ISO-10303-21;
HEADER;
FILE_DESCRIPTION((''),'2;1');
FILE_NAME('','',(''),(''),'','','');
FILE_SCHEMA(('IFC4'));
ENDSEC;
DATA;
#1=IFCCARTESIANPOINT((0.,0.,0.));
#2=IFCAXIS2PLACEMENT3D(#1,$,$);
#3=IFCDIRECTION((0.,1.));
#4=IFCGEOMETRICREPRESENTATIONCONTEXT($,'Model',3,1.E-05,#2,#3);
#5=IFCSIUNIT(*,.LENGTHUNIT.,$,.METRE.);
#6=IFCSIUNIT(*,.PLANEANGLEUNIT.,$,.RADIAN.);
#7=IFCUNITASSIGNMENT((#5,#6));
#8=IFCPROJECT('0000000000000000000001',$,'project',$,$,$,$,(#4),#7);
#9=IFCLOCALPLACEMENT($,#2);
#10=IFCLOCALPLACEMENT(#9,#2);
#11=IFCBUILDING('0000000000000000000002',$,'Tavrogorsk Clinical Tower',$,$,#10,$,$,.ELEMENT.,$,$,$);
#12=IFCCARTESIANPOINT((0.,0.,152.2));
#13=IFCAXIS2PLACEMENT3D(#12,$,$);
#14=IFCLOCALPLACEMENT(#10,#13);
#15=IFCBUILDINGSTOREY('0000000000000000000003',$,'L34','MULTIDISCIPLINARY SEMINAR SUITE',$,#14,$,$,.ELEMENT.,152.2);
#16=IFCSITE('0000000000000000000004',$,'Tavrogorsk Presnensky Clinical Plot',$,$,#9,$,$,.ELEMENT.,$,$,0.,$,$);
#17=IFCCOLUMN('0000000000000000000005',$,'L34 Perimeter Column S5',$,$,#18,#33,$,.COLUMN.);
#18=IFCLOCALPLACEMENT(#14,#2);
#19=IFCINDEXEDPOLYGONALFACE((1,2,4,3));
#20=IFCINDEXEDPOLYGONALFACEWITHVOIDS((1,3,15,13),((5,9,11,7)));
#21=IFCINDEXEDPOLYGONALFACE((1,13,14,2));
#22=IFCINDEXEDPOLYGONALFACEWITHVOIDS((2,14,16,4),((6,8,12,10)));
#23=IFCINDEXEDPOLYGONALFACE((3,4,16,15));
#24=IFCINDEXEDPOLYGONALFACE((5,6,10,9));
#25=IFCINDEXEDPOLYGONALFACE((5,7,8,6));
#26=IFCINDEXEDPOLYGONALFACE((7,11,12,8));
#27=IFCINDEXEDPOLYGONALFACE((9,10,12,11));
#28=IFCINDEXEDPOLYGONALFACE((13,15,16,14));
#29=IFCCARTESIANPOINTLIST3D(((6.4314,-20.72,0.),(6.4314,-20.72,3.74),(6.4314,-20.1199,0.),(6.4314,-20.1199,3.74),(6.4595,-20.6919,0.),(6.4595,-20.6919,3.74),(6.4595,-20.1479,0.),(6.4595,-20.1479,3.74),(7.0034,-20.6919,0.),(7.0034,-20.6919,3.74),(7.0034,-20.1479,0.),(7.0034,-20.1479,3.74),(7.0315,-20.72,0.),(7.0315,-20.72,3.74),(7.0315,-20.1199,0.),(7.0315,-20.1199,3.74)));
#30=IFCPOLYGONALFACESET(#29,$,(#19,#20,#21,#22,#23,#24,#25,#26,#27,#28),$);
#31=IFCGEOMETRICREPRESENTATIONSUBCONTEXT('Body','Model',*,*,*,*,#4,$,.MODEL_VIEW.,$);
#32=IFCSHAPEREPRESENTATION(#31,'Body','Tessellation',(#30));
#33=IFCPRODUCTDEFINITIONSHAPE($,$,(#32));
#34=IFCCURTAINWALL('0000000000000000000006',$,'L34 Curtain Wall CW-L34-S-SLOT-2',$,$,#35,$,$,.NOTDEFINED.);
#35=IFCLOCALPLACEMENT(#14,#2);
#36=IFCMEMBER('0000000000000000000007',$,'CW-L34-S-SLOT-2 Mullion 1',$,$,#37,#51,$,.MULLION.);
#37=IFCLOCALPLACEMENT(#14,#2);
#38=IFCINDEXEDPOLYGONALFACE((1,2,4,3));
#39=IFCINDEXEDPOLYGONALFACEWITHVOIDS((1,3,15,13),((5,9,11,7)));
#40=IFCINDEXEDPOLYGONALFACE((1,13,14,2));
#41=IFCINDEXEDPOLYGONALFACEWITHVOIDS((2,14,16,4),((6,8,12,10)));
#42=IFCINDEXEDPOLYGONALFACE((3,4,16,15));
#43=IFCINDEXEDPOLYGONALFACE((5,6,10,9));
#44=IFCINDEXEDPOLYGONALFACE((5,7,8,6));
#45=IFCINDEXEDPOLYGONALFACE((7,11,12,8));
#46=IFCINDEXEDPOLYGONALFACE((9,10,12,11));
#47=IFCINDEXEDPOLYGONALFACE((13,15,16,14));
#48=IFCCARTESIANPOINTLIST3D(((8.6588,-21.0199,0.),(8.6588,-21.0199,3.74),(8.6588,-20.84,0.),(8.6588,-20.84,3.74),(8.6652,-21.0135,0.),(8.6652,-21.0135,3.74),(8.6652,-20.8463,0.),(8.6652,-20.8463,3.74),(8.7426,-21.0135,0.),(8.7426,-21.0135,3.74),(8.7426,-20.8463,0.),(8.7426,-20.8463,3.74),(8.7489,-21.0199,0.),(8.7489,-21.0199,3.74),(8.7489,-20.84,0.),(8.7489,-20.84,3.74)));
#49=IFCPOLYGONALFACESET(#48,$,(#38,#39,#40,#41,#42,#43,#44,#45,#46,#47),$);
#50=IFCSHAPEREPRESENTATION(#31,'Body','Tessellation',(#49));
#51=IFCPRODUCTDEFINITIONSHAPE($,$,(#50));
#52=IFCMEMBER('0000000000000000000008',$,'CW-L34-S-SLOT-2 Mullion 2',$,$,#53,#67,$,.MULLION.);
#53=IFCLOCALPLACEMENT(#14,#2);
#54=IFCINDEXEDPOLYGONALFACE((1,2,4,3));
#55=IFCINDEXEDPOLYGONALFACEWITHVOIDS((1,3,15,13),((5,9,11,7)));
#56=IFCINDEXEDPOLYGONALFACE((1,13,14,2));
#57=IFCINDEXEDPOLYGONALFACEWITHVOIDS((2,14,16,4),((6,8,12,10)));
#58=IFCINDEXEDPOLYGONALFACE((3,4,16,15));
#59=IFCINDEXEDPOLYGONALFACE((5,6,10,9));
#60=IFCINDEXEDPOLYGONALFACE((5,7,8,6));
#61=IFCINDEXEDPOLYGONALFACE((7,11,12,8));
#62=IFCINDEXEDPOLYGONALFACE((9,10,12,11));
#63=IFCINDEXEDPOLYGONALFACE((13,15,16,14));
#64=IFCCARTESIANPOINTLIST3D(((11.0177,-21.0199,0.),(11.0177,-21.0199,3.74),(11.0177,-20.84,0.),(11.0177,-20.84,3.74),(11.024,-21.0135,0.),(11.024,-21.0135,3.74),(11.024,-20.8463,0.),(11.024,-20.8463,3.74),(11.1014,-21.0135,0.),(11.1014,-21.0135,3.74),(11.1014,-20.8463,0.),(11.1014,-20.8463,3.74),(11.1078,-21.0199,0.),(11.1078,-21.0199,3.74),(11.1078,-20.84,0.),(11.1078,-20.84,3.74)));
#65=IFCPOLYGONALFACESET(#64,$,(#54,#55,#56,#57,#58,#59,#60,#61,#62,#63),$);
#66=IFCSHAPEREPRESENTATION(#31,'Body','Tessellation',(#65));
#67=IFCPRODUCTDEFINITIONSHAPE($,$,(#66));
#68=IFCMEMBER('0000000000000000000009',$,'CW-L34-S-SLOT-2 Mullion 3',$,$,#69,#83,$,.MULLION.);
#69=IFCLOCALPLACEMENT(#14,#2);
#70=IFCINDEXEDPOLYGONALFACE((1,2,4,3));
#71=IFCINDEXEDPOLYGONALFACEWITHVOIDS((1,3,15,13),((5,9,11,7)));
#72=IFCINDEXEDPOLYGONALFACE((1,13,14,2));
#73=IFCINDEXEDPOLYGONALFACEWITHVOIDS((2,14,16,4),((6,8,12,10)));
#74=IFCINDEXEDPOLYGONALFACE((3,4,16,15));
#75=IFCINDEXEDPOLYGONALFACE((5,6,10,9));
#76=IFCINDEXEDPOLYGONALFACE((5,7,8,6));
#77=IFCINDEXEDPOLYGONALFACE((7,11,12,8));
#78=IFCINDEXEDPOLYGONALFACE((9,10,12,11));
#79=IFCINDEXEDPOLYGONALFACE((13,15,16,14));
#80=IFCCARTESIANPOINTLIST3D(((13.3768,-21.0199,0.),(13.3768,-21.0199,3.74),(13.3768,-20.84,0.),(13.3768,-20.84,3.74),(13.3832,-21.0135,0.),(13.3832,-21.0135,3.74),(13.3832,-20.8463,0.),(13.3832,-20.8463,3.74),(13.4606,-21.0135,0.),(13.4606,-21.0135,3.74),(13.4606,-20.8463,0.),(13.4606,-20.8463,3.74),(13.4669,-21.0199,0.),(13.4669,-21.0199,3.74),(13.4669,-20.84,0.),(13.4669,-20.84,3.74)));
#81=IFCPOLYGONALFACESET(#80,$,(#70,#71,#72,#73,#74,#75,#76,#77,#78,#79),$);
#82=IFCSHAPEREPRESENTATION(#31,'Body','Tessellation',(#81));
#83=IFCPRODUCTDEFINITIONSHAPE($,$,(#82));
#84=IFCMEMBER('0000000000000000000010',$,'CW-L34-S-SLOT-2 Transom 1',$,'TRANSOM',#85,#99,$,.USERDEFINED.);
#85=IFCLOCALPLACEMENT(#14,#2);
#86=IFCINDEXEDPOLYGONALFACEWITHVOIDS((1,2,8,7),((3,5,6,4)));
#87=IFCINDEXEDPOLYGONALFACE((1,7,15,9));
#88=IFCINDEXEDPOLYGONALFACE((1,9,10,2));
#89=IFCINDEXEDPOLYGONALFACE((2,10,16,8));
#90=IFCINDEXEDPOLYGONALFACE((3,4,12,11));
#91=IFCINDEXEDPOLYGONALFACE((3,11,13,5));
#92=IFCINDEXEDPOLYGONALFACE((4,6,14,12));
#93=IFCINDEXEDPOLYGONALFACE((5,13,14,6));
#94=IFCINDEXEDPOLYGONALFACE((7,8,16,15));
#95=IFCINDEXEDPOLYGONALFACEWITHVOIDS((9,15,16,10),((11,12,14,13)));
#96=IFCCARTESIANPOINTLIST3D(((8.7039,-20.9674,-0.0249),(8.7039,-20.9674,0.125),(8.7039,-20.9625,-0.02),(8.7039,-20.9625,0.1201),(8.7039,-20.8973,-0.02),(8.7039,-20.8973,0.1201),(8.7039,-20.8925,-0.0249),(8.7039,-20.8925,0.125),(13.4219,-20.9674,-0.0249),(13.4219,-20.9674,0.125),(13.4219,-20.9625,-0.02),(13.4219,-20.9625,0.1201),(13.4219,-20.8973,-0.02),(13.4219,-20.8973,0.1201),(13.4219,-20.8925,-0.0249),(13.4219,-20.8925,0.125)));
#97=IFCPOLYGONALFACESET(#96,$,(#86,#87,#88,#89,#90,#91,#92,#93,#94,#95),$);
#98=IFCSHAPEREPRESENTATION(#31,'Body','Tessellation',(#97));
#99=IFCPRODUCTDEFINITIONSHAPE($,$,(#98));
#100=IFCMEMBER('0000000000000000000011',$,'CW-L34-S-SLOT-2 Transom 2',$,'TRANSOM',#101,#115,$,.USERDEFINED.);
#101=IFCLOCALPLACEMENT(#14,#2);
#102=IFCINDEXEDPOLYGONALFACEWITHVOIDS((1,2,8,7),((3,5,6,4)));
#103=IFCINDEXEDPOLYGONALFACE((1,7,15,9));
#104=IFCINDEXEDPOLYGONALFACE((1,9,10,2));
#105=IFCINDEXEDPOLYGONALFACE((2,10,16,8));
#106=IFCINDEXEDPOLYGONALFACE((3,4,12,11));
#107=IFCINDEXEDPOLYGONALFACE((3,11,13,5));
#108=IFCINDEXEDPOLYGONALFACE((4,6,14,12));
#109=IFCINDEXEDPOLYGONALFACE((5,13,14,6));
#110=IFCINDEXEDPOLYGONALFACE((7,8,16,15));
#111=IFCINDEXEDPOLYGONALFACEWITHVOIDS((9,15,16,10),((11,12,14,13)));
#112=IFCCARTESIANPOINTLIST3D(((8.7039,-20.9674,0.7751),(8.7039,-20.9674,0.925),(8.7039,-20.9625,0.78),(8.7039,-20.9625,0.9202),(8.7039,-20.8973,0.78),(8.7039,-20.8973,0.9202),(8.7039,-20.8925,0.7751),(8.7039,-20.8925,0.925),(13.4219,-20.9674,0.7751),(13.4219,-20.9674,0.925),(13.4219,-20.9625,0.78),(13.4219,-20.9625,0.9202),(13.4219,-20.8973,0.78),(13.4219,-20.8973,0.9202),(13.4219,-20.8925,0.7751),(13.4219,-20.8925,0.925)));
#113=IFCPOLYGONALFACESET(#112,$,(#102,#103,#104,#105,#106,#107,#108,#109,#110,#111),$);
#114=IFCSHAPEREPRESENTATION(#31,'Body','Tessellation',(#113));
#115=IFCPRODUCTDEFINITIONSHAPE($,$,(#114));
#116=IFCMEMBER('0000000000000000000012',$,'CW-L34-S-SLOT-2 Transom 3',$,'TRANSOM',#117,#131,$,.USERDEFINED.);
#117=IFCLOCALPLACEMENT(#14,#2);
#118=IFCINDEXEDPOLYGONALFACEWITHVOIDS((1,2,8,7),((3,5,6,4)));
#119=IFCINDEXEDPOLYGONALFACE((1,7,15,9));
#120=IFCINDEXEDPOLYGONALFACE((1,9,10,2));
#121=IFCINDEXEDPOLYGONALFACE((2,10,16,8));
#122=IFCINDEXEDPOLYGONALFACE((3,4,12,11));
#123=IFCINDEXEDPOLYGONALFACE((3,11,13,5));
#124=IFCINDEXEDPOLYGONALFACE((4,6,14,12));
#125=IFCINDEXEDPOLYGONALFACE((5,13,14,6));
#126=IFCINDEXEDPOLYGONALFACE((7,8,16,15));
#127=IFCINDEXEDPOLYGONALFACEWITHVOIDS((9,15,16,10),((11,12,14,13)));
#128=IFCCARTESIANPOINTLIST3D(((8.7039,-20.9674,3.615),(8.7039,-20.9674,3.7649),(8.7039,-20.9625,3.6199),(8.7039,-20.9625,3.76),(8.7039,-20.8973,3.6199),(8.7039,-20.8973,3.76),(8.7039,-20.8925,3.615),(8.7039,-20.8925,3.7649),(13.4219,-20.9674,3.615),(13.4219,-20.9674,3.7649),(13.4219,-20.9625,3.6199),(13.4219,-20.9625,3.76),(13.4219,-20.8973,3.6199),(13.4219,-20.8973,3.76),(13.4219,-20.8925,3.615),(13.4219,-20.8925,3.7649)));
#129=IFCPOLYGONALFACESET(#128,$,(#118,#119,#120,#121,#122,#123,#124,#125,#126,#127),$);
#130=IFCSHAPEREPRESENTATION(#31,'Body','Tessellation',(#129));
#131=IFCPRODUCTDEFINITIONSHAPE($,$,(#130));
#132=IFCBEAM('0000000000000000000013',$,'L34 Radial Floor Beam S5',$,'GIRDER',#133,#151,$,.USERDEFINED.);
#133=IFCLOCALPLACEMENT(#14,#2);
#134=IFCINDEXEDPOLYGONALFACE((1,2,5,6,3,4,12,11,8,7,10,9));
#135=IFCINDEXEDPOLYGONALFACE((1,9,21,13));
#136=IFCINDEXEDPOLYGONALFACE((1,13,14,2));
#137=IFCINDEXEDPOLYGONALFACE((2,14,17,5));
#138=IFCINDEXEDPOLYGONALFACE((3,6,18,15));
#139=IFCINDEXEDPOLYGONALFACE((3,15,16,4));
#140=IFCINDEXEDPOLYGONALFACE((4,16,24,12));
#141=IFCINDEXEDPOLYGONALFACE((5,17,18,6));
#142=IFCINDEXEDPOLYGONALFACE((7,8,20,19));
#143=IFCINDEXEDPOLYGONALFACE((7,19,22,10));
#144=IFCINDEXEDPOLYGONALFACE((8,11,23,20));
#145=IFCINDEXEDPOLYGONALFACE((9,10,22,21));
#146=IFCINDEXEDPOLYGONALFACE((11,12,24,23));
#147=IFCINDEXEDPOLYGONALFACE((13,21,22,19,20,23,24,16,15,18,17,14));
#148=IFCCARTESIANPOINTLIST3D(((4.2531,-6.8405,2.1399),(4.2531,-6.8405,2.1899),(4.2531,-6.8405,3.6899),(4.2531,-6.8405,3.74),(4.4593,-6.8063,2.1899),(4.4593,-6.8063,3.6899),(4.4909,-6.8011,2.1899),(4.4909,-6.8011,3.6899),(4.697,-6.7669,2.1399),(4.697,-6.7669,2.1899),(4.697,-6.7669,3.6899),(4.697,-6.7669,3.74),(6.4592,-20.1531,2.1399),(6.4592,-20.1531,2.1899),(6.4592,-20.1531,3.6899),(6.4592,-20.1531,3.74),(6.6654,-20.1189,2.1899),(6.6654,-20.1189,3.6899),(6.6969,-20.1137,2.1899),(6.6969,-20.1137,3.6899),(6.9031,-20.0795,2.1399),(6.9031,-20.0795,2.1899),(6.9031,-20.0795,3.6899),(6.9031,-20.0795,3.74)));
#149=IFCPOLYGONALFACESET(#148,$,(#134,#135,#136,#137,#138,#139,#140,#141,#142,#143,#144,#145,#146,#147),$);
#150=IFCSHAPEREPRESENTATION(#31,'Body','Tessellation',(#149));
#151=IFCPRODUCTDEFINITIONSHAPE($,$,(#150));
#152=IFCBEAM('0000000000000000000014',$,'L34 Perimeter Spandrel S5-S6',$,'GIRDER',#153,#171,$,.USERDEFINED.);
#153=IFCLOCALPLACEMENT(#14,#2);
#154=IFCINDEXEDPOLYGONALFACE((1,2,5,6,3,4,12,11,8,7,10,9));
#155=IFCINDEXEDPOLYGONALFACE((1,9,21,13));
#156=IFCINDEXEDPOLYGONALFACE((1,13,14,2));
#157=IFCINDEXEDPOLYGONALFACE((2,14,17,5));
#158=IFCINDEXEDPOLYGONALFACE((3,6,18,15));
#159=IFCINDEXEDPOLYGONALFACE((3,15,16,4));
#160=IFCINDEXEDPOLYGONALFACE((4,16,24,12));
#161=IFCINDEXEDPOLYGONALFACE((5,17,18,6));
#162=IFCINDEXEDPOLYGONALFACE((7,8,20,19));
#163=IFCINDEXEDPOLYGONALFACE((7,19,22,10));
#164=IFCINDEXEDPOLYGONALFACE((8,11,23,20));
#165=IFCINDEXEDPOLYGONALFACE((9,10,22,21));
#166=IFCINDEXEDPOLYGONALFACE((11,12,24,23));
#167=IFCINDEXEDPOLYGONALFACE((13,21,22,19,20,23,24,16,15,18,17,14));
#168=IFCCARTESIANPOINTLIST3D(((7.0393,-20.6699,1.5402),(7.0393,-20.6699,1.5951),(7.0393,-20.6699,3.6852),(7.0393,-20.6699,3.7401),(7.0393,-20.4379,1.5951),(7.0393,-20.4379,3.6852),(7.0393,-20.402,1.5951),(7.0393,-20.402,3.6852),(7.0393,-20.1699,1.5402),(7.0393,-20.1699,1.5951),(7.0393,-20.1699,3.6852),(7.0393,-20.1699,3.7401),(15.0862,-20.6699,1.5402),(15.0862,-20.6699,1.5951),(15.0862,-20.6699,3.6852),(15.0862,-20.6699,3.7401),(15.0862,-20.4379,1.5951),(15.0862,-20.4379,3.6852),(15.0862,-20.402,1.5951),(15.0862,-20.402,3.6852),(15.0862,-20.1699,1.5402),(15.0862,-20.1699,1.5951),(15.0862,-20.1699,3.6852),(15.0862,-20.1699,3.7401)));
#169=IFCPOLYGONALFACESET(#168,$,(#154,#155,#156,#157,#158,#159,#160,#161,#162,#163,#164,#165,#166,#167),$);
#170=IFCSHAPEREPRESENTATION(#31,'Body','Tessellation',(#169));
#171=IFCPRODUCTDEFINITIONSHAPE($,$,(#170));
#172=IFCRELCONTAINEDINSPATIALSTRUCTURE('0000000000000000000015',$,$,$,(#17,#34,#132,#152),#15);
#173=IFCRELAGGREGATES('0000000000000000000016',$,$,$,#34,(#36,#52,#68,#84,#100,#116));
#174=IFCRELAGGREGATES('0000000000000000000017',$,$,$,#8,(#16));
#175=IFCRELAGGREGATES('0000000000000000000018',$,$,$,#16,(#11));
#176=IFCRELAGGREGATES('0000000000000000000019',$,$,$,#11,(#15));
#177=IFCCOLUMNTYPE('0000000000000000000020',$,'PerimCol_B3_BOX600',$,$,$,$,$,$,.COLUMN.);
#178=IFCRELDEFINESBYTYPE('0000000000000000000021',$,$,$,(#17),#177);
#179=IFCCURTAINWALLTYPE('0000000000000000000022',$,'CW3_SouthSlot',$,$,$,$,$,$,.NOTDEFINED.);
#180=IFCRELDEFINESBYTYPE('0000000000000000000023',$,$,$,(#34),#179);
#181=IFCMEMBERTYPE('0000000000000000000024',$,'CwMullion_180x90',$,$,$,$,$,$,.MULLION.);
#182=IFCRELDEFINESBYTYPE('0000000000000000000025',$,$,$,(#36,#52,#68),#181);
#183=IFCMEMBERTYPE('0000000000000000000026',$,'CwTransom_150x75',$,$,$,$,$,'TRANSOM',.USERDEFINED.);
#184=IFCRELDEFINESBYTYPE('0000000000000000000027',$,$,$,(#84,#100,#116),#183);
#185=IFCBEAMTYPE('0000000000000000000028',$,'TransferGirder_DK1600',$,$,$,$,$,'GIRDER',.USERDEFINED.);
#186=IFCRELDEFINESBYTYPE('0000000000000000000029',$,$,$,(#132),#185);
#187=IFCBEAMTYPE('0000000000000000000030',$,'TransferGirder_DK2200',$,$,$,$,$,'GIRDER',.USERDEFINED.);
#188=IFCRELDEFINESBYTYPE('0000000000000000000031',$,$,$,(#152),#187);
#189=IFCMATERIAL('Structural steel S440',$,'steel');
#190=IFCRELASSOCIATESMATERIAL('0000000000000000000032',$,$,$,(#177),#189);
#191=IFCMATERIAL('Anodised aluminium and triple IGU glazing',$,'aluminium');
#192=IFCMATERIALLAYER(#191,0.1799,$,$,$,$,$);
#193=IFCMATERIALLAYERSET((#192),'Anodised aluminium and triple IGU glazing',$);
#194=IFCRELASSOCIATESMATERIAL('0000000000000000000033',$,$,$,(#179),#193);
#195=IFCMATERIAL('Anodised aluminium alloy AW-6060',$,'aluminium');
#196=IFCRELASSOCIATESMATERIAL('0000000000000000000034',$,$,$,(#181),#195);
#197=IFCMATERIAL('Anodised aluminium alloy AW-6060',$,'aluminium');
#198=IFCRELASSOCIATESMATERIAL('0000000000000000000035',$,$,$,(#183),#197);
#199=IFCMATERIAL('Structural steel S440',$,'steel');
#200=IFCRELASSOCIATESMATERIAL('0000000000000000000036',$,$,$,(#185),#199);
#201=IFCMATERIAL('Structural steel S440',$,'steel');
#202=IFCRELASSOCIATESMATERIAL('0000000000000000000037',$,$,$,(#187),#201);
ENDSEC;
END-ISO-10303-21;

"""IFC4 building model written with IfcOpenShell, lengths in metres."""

from ifc_helpers import new_model, si_unit, direction, frame, origin, origin_2d, place, context, subcontext, project, spatial, hollow_rectangle, i_section, extrude, material, layer, layer_set, material_profile, profile_set, type_object, element, aggregate, save


model = new_model("IFC4")

# Units and contexts
model_context = context("Model", 3, precision=1e-05, world=origin(), true_north=direction((0.0, 1.0)))
body_context = subcontext(model_context, "Body", "Model", "MODEL_VIEW")
ifc_project = project(units=[si_unit("LENGTHUNIT", "METRE"), si_unit("PLANEANGLEUNIT", "RADIAN")], contexts=[model_context])

# Site, building, storey
site_placement = place(None, origin())
site = spatial("IfcSite", under=ifc_project, at=site_placement, Name="Tavrogorsk Presnensky Clinical Plot", CompositionType="ELEMENT", RefElevation=0.0)
building_placement = place(site_placement, origin())
building = spatial("IfcBuilding", under=site, at=building_placement, Name="Tavrogorsk Clinical Tower", CompositionType="ELEMENT")
storey_placement = place(building_placement, frame((0.0, 0.0, 152.2)))
storey = spatial("IfcBuildingStorey", under=building, at=storey_placement, Name="L34", Description="MULTIDISCIPLINARY SEMINAR SUITE", CompositionType="ELEMENT", Elevation=152.2)

# Column
ifc_material_1 = material(Name="Structural steel S440", Category="steel")
ifc_material_profile_1 = material_profile(ifc_material_1, hollow_rectangle(XDim=0.6001, YDim=0.6001, WallThickness=0.0281, at=origin_2d()), Name="BOX-600x600x28")
ifc_profile_set_1 = profile_set([ifc_material_profile_1], Name="Structural steel S440")
column_type = type_object("IfcColumnType", Name="PerimCol_B3_BOX600", PredefinedType="COLUMN", material=ifc_profile_set_1)
column_placement = place(storey_placement, frame((6.7314, -20.4199, 0.0), z_axis=(0.0, 0.0, 1.0), x_axis=(1.0, 0.0, 0.0)))
element("IfcColumn", 1, at=column_placement, inside=storey, type_object=column_type, Name="L34 Perimeter Column S5", PredefinedType="COLUMN", context=body_context, shape_type="SweptSolid", body=[
    extrude(hollow_rectangle(XDim=0.6001, YDim=0.6001, WallThickness=0.0281, at=origin_2d()), origin(), (0.0, 0.0, 1.0), 3.74),
])

# Curtain wall, members
ifc_material_2 = material(Name="Anodised aluminium and triple IGU glazing", Category="aluminium")
ifc_layer_1 = layer(ifc_material_2, 0.1799)
ifc_layer_set_1 = layer_set([ifc_layer_1], Name="Anodised aluminium and triple IGU glazing")
curtain_wall_type = type_object("IfcCurtainWallType", Name="CW3_SouthSlot", PredefinedType="NOTDEFINED", material=ifc_layer_set_1)
curtain_wall_placement = place(storey_placement, origin())
curtain_wall = element("IfcCurtainWall", 2, at=curtain_wall_placement, inside=storey, type_object=curtain_wall_type, Name="L34 Curtain Wall CW-L34-S-SLOT-2", PredefinedType="NOTDEFINED")
ifc_material_3 = material(Name="Anodised aluminium alloy AW-6060", Category="aluminium")
ifc_material_profile_2 = material_profile(ifc_material_3, hollow_rectangle(XDim=0.0901, YDim=0.1799, WallThickness=0.0063, at=origin_2d()), Name="RHS-180x90x6.3")
ifc_profile_set_2 = profile_set([ifc_material_profile_2], Name="Anodised aluminium alloy AW-6060")
member_type_1 = type_object("IfcMemberType", Name="CwMullion_180x90", PredefinedType="MULLION", material=ifc_profile_set_2)
member_1_placement = place(storey_placement, frame((8.7039, -20.9299, 0.0), z_axis=(0.0, 0.0, 1.0), x_axis=(1.0, 0.0, 0.0)))
member_1 = element("IfcMember", 3, at=member_1_placement, type_object=member_type_1, Name="CW-L34-S-SLOT-2 Mullion 1", PredefinedType="MULLION", context=body_context, shape_type="SweptSolid", body=[
    extrude(hollow_rectangle(XDim=0.0901, YDim=0.1799, WallThickness=0.0063, at=origin_2d()), origin(), (0.0, 0.0, 1.0), 3.74),
])
member_2_placement = place(storey_placement, frame((11.0627, -20.9299, 0.0), z_axis=(0.0, 0.0, 1.0), x_axis=(1.0, 0.0, 0.0)))
member_2 = element("IfcMember", 4, at=member_2_placement, type_object=member_type_1, Name="CW-L34-S-SLOT-2 Mullion 2", PredefinedType="MULLION", context=body_context, shape_type="SweptSolid", body=[
    extrude(hollow_rectangle(XDim=0.0901, YDim=0.1799, WallThickness=0.0063, at=origin_2d()), origin(), (0.0, 0.0, 1.0), 3.74),
])
member_3_placement = place(storey_placement, frame((13.4219, -20.9299, 0.0), z_axis=(0.0, 0.0, 1.0), x_axis=(1.0, 0.0, 0.0)))
member_3 = element("IfcMember", 5, at=member_3_placement, type_object=member_type_1, Name="CW-L34-S-SLOT-2 Mullion 3", PredefinedType="MULLION", context=body_context, shape_type="SweptSolid", body=[
    extrude(hollow_rectangle(XDim=0.0901, YDim=0.1799, WallThickness=0.0063, at=origin_2d()), origin(), (0.0, 0.0, 1.0), 3.74),
])
ifc_material_4 = material(Name="Anodised aluminium alloy AW-6060", Category="aluminium")
ifc_material_profile_3 = material_profile(ifc_material_4, hollow_rectangle(XDim=0.075, YDim=0.1499, WallThickness=0.0049, at=origin_2d()), Name="RHS-150x75x5")
ifc_profile_set_3 = profile_set([ifc_material_profile_3], Name="Anodised aluminium alloy AW-6060")
member_type_2 = type_object("IfcMemberType", Name="CwTransom_150x75", ElementType="TRANSOM", PredefinedType="USERDEFINED", material=ifc_profile_set_3)
member_4_placement = place(storey_placement, frame((8.7039, -20.9299, 0.05), z_axis=(1.0, 0.0, 0.0), x_axis=(0.0, 1.0, 0.0)))
member_4 = element("IfcMember", 6, at=member_4_placement, type_object=member_type_2, Name="CW-L34-S-SLOT-2 Transom 1", ObjectType="TRANSOM", PredefinedType="USERDEFINED", context=body_context, shape_type="SweptSolid", body=[
    extrude(hollow_rectangle(XDim=0.075, YDim=0.1499, WallThickness=0.0049, at=origin_2d()), origin(), (0.0, 0.0, 1.0), 4.718),
])
member_5_placement = place(storey_placement, frame((8.7039, -20.9299, 0.8501), z_axis=(1.0, 0.0, 0.0), x_axis=(0.0, 1.0, 0.0)))
member_5 = element("IfcMember", 7, at=member_5_placement, type_object=member_type_2, Name="CW-L34-S-SLOT-2 Transom 2", ObjectType="TRANSOM", PredefinedType="USERDEFINED", context=body_context, shape_type="SweptSolid", body=[
    extrude(hollow_rectangle(XDim=0.075, YDim=0.1499, WallThickness=0.0049, at=origin_2d()), origin(), (0.0, 0.0, 1.0), 4.718),
])
member_6_placement = place(storey_placement, frame((8.7039, -20.9299, 3.6899), z_axis=(1.0, 0.0, 0.0), x_axis=(0.0, 1.0, 0.0)))
member_6 = element("IfcMember", 8, at=member_6_placement, type_object=member_type_2, Name="CW-L34-S-SLOT-2 Transom 3", ObjectType="TRANSOM", PredefinedType="USERDEFINED", context=body_context, shape_type="SweptSolid", body=[
    extrude(hollow_rectangle(XDim=0.075, YDim=0.1499, WallThickness=0.0049, at=origin_2d()), origin(), (0.0, 0.0, 1.0), 4.718),
])

# Beams
ifc_material_5 = material(Name="Structural steel S440", Category="steel")
ifc_material_profile_4 = material_profile(ifc_material_5, i_section(OverallWidth=0.45, OverallDepth=1.6001, WebThickness=0.032, FlangeThickness=0.05, at=origin_2d()), Name="DK-1600x450x32x50")
ifc_profile_set_4 = profile_set([ifc_material_profile_4], Name="Structural steel S440")
beam_type_1 = type_object("IfcBeamType", Name="TransferGirder_DK1600", ElementType="GIRDER", PredefinedType="USERDEFINED", material=ifc_profile_set_4)
beam_1_placement = place(storey_placement, frame((4.4751, -6.8037, 2.9399), z_axis=(0.163484, -0.986546, 0.0), x_axis=(0.986546, 0.163484, 0.0)))
element("IfcBeam", 9, at=beam_1_placement, inside=storey, type_object=beam_type_1, Name="L34 Radial Floor Beam S5", ObjectType="GIRDER", PredefinedType="USERDEFINED", context=body_context, shape_type="SweptSolid", body=[
    extrude(i_section(OverallWidth=0.45, OverallDepth=1.6001, WebThickness=0.032, FlangeThickness=0.05, at=origin_2d()), origin(), (0.0, 0.0, 1.0), 13.4941),
])
ifc_material_6 = material(Name="Structural steel S440", Category="steel")
ifc_material_profile_5 = material_profile(ifc_material_6, i_section(OverallWidth=0.5, OverallDepth=2.2, WebThickness=0.0359, FlangeThickness=0.0549, at=origin_2d()), Name="DK-2200x500x36x55")
ifc_profile_set_5 = profile_set([ifc_material_profile_5], Name="Structural steel S440")
beam_type_2 = type_object("IfcBeamType", Name="TransferGirder_DK2200", ElementType="GIRDER", PredefinedType="USERDEFINED", material=ifc_profile_set_5)
beam_2_placement = place(storey_placement, frame((7.0393, -20.4199, 2.6401), z_axis=(1.0, 0.0, 0.0), x_axis=(0.0, 1.0, 0.0)))
element("IfcBeam", 10, at=beam_2_placement, inside=storey, type_object=beam_type_2, Name="L34 Perimeter Spandrel S5-S6", ObjectType="GIRDER", PredefinedType="USERDEFINED", context=body_context, shape_type="SweptSolid", body=[
    extrude(i_section(OverallWidth=0.5, OverallDepth=2.2, WebThickness=0.0359, FlangeThickness=0.0549, at=origin_2d()), origin(), (0.0, 0.0, 1.0), 8.0469),
])

aggregate(curtain_wall, [member_1, member_2, member_3, member_4, member_5, member_6])

save(model, "model.ifc")
